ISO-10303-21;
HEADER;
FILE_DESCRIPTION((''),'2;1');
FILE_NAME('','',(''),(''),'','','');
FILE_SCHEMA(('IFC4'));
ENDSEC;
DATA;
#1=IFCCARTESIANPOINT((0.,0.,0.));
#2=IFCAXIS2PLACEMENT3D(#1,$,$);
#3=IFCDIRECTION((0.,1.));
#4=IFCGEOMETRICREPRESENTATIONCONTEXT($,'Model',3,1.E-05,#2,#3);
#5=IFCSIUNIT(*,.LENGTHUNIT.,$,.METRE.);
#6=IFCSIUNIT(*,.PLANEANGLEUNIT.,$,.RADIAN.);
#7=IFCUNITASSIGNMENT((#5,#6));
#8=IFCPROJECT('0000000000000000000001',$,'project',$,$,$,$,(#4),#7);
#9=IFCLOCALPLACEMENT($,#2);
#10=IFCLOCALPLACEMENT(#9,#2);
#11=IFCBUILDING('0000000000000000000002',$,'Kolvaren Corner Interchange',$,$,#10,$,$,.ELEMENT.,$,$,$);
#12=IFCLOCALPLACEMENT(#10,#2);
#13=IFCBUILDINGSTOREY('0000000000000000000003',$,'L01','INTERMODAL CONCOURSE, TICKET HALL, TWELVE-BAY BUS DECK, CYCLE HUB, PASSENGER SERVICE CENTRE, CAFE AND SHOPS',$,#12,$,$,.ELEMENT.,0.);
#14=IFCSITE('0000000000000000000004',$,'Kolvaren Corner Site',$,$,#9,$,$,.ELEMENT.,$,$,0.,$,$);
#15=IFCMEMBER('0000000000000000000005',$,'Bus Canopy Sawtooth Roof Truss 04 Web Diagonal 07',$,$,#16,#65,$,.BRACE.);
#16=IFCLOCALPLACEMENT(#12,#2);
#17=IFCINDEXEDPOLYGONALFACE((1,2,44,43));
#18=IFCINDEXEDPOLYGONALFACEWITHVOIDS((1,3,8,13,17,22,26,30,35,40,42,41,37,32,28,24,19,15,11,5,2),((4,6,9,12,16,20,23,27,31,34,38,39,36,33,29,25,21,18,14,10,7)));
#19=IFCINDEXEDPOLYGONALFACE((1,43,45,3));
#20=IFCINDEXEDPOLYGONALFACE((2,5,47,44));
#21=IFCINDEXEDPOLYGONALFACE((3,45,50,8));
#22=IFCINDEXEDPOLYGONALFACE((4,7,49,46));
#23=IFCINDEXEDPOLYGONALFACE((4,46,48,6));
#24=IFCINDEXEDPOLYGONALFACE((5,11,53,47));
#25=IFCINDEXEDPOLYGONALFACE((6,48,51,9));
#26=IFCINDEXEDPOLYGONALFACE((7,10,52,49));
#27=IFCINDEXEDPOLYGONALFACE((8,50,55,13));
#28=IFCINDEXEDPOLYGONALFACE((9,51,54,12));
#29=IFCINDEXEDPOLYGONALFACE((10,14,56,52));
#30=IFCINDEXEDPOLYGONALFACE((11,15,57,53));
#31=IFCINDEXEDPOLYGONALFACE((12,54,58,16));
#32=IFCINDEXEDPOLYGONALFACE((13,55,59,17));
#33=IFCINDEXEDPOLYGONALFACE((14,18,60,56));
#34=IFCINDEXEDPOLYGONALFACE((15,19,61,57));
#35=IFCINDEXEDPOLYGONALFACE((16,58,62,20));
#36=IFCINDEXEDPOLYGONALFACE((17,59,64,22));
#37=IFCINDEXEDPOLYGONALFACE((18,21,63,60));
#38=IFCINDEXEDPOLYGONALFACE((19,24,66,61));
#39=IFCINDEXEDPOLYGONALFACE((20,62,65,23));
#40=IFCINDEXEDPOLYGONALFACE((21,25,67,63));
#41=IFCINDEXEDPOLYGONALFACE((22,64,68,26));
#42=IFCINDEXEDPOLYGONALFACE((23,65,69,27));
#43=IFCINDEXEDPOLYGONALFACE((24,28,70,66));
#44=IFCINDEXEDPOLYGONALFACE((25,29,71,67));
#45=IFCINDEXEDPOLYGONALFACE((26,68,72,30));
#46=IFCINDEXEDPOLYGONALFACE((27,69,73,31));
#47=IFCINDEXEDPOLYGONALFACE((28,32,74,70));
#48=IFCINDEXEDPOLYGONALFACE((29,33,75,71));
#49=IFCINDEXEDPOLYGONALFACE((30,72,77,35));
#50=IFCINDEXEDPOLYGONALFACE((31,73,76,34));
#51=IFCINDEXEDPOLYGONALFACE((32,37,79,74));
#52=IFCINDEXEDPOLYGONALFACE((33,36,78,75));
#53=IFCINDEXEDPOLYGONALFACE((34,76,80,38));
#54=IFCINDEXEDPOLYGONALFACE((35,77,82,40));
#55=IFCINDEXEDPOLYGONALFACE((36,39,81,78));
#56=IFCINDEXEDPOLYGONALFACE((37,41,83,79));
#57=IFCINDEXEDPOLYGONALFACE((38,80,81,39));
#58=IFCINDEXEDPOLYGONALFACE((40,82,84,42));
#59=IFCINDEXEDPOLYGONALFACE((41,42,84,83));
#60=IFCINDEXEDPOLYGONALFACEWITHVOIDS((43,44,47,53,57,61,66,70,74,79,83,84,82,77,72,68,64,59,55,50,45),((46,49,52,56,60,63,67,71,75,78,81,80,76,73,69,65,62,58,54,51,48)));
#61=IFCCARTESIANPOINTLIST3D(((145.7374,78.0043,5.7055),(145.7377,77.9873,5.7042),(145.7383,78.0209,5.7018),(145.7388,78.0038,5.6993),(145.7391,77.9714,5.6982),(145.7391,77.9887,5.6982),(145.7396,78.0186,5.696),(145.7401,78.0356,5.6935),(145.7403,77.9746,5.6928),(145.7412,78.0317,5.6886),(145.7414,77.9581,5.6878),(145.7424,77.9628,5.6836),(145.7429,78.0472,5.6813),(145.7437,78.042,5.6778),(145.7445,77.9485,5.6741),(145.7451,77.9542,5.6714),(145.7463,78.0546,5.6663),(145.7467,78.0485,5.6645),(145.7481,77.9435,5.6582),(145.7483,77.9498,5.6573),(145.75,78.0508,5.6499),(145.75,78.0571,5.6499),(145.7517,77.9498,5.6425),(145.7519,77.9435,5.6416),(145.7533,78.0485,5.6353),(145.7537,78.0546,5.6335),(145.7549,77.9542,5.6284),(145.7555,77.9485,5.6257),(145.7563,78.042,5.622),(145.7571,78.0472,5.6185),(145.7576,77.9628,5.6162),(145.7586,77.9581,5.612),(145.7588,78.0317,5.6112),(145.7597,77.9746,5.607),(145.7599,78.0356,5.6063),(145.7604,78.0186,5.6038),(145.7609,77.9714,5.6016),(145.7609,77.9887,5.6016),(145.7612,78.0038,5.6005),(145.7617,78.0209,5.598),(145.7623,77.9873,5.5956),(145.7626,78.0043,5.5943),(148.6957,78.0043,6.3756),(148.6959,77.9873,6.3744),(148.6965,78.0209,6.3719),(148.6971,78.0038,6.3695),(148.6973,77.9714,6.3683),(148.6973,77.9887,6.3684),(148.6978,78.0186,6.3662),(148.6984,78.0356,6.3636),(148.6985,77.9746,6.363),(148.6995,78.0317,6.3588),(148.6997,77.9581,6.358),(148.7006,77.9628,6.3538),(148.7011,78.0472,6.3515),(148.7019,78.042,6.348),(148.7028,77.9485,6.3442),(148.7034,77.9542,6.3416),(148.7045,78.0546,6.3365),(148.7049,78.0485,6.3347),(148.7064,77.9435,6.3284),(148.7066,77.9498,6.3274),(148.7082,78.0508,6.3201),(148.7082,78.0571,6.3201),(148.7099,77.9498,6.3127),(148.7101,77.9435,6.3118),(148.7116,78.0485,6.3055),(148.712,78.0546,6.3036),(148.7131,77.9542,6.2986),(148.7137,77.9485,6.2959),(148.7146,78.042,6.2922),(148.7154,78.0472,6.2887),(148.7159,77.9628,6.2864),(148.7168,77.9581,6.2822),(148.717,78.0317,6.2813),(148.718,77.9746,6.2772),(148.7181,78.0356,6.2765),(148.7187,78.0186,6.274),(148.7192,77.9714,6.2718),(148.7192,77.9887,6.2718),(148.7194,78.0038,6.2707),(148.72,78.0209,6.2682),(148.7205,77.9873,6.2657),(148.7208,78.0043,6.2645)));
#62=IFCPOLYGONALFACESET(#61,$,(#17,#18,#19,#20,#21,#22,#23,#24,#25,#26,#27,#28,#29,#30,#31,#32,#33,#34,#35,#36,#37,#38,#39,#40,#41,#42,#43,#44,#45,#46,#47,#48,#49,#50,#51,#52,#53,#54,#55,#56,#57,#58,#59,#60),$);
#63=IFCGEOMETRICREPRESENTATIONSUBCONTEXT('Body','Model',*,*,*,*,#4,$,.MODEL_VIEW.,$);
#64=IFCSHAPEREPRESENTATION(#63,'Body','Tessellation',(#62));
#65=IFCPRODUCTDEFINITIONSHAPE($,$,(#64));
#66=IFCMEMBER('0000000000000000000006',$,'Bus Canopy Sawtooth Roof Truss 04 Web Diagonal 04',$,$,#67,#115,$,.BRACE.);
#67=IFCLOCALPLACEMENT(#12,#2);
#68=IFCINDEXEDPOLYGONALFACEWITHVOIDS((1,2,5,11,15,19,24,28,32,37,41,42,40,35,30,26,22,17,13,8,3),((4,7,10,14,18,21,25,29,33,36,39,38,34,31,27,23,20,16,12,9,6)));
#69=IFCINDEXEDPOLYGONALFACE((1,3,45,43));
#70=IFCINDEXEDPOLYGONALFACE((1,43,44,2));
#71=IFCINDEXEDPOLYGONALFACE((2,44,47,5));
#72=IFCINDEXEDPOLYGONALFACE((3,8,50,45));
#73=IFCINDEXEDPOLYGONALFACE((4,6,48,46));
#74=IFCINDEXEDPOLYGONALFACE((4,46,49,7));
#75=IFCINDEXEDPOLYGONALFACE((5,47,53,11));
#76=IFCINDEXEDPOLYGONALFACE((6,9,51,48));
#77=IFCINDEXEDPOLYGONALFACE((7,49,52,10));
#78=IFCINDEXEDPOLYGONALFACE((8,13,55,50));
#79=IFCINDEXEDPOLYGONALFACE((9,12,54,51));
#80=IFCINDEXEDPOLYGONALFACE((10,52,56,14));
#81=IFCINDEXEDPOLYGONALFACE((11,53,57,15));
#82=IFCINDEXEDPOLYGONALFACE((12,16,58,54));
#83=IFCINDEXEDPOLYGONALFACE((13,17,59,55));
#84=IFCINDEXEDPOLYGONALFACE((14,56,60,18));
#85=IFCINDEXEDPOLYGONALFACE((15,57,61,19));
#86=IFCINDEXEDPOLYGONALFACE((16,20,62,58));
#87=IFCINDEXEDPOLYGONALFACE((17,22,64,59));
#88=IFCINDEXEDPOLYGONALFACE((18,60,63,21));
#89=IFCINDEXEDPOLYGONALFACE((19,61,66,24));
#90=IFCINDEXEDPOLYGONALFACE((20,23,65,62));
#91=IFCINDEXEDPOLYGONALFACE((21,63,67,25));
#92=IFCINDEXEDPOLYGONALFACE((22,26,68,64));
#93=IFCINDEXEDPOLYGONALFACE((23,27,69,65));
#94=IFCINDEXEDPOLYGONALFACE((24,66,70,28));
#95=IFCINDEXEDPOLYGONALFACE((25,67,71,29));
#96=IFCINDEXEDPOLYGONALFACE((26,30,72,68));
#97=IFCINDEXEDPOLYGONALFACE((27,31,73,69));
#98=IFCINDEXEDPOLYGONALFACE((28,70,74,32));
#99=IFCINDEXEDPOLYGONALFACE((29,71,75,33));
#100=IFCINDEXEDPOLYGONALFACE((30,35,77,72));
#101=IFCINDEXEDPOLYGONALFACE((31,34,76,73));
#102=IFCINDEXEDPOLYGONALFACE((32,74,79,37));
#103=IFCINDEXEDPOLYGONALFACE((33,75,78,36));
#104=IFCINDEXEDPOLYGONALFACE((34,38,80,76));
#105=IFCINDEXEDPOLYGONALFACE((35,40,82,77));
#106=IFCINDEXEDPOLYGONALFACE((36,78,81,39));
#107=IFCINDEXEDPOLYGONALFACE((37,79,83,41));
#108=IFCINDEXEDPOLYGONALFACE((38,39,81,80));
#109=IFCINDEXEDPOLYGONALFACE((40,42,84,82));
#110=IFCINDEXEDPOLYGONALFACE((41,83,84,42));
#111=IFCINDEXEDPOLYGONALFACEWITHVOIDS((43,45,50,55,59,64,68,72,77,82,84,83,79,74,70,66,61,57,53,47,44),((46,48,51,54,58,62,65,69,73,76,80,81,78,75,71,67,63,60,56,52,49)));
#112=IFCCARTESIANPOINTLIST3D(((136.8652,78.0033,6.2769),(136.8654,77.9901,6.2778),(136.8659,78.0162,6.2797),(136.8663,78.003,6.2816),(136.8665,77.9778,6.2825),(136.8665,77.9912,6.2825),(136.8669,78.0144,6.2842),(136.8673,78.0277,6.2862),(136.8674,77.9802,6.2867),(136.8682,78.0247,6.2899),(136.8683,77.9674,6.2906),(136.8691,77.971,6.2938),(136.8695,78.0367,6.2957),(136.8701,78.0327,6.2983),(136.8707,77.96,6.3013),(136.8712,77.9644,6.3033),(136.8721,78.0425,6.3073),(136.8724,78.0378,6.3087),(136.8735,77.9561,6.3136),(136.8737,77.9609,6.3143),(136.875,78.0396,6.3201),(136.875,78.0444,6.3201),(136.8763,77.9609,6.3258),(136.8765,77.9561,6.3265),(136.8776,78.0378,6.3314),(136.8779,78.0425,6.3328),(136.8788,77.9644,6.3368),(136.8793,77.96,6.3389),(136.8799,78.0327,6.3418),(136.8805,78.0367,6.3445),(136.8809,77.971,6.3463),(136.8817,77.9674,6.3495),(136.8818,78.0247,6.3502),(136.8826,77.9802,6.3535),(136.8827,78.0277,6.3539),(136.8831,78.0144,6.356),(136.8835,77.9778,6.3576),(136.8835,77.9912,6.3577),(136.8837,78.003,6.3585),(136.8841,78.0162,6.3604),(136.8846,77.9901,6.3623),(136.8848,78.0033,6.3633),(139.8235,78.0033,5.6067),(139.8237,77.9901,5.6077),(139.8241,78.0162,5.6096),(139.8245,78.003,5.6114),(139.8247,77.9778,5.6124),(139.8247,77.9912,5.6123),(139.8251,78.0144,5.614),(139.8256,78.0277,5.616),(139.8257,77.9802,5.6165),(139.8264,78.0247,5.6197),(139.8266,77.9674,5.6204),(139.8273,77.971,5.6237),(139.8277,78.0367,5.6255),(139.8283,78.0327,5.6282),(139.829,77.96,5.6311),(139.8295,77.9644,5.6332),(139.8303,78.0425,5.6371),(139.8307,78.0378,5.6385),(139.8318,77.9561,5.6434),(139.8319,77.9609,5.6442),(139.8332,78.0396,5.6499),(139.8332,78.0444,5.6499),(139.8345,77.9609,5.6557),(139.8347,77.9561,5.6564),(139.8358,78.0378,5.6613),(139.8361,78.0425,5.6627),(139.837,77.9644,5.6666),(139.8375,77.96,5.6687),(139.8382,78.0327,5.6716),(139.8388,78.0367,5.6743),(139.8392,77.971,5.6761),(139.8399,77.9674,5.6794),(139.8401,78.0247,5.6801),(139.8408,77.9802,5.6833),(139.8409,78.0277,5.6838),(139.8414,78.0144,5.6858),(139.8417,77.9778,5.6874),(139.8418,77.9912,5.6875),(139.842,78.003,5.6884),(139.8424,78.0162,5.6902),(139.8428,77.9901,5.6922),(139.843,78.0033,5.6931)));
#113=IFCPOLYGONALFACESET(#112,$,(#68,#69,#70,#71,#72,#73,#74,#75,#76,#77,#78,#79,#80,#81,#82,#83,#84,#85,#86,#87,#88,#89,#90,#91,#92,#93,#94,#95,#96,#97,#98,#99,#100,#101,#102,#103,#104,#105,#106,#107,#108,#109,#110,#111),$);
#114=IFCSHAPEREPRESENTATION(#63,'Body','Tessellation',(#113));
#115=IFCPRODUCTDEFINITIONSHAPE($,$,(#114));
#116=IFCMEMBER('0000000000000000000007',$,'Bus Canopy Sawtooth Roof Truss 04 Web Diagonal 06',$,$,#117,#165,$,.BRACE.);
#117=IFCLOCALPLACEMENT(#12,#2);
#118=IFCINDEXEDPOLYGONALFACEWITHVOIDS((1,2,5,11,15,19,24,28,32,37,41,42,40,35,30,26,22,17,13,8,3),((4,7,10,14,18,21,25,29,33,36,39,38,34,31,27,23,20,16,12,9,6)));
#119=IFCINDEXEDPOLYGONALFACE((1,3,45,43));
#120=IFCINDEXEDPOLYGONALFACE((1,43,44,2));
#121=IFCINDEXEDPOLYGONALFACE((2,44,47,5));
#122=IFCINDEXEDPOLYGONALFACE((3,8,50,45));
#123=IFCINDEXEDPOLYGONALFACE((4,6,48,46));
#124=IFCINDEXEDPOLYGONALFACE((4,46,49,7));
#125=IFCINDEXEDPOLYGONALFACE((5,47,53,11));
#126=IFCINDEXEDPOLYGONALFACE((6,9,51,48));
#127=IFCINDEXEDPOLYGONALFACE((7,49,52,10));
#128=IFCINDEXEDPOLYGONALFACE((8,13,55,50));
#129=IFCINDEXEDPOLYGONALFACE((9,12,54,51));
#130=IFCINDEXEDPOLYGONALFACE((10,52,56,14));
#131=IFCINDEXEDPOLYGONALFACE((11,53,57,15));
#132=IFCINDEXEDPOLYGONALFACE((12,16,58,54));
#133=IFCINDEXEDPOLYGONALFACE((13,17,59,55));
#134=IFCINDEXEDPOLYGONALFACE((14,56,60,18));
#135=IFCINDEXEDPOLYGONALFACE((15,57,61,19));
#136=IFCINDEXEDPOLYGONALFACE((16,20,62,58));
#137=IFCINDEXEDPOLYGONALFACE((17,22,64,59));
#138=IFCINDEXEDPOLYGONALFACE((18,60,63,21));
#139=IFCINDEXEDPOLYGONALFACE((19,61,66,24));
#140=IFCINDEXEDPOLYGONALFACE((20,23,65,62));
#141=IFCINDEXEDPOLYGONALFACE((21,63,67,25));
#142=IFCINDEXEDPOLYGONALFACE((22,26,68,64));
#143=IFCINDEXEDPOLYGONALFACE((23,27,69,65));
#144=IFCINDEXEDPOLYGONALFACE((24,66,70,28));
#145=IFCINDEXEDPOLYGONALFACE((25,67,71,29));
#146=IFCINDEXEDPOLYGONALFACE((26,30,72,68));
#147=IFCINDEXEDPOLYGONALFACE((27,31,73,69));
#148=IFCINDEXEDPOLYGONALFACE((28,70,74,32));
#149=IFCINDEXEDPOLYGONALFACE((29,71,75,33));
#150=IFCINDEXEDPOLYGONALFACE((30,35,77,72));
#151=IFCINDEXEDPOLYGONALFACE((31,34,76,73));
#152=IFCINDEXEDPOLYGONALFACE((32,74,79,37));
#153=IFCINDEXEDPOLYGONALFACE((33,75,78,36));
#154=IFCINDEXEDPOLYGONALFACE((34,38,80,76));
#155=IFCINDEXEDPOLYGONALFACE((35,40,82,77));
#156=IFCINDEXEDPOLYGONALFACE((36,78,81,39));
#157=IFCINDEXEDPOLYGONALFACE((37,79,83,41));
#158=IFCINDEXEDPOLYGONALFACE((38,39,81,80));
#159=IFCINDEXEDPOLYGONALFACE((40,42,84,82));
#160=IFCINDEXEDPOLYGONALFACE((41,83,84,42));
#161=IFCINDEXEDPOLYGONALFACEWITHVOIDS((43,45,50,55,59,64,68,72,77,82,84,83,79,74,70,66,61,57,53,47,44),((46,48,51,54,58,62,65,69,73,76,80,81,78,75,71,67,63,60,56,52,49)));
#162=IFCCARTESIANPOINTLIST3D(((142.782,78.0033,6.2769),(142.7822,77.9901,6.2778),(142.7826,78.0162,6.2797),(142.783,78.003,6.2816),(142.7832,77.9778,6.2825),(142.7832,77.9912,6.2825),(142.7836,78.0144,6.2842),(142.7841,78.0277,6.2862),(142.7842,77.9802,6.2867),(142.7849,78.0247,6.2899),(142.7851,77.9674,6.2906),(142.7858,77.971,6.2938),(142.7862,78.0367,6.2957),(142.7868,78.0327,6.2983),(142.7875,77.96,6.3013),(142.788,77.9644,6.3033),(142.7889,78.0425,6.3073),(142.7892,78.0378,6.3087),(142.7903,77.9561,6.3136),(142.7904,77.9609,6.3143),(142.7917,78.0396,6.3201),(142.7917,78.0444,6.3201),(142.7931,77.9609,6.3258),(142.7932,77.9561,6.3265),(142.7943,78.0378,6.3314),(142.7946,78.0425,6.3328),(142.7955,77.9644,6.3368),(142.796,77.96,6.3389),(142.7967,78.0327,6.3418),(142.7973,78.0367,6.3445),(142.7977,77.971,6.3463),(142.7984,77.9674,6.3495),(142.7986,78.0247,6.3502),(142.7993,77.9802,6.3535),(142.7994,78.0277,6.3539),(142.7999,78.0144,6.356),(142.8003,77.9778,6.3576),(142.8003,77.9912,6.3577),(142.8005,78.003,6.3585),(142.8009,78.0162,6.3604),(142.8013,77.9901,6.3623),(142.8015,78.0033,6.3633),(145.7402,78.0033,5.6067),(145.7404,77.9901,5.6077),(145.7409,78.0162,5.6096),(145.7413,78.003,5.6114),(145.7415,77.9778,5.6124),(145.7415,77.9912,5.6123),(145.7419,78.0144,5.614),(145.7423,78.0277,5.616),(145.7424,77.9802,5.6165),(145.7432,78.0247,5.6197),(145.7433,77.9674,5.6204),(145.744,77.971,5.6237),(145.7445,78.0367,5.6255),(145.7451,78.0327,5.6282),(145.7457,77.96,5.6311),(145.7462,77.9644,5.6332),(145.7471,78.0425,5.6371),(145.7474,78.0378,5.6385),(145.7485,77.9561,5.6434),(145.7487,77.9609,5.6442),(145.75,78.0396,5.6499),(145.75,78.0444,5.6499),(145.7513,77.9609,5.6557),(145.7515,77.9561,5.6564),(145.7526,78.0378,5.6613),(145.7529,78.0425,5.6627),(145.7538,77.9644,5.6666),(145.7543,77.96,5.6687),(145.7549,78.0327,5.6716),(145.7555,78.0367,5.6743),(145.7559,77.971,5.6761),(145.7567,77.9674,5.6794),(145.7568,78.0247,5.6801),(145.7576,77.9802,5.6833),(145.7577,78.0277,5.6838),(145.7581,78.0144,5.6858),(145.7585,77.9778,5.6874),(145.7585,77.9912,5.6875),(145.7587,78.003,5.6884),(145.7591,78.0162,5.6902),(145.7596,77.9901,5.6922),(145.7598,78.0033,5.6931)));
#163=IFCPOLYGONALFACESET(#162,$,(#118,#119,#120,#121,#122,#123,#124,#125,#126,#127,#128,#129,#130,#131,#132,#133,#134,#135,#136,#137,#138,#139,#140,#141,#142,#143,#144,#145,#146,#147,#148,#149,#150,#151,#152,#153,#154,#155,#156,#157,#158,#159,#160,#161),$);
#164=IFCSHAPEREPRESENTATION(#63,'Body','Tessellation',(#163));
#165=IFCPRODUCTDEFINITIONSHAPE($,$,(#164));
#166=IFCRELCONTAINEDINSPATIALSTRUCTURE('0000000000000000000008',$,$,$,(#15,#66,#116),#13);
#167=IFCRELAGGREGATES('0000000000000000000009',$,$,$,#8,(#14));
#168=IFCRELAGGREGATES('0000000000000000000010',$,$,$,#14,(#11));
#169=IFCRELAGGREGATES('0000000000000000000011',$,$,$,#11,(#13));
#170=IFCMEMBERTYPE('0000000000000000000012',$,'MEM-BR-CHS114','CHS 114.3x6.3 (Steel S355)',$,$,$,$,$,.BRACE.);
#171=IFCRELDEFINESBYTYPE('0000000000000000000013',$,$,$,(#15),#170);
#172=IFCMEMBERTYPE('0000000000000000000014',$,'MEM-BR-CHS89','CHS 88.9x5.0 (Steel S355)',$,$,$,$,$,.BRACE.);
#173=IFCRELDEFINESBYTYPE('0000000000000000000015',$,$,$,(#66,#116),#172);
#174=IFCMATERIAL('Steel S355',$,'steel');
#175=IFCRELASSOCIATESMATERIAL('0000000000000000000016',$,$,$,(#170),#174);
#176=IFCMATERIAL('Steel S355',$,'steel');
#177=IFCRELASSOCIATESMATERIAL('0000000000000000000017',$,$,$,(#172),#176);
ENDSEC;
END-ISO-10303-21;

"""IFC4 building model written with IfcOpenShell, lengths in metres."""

from ifc_helpers import new_model, si_unit, direction, frame, origin, origin_2d, place, context, subcontext, project, spatial, hollow_circle, extrude, material, material_profile, profile_set, type_object, element, save


model = new_model("IFC4")

# Units and contexts
model_context = context("Model", 3, precision=1e-05, world=origin(), true_north=direction((0.0, 1.0)))
body_context = subcontext(model_context, "Body", "Model", "MODEL_VIEW")
ifc_project = project(units=[si_unit("LENGTHUNIT", "METRE"), si_unit("PLANEANGLEUNIT", "RADIAN")], contexts=[model_context])

# Site, building, storey
site_placement = place(None, origin())
site = spatial("IfcSite", under=ifc_project, at=site_placement, Name="Kolvaren Corner Site", CompositionType="ELEMENT", RefElevation=0.0)
building_placement = place(site_placement, origin())
building = spatial("IfcBuilding", under=site, at=building_placement, Name="Kolvaren Corner Interchange", CompositionType="ELEMENT")
storey_placement = place(building_placement, origin())
storey = spatial("IfcBuildingStorey", under=building, at=storey_placement, Name="L01", Description="INTERMODAL CONCOURSE, TICKET HALL, TWELVE-BAY BUS DECK, CYCLE HUB, PASSENGER SERVICE CENTRE, CAFE AND SHOPS", CompositionType="ELEMENT", Elevation=0.0)

# Members
ifc_material_1 = material(Name="Steel S355", Category="steel")
ifc_material_profile_1 = material_profile(ifc_material_1, hollow_circle(Radius=0.0571, WallThickness=0.0063, at=origin_2d()), Name="CHS 114.3x6.3")
ifc_profile_set_1 = profile_set([ifc_material_profile_1], Name="Steel S355")
member_type_1 = type_object("IfcMemberType", Name="MEM-BR-CHS114", Description="CHS 114.3x6.3 (Steel S355)", PredefinedType="BRACE", material=ifc_profile_set_1)
member_1_placement = place(storey_placement, frame((145.75, 78.0, 5.6499), z_axis=(0.975287, 0.0, 0.220943), x_axis=(0.0, 1.0, 0.0)))
element("IfcMember", 1, at=member_1_placement, inside=storey, type_object=member_type_1, Name="Bus Canopy Sawtooth Roof Truss 04 Web Diagonal 07", PredefinedType="BRACE", context=body_context, shape_type="SweptSolid", body=[
    extrude(hollow_circle(Radius=0.0571, WallThickness=0.0063, at=origin_2d()), origin(), (0.0, 0.0, 1.0), 3.0332),
])
ifc_material_2 = material(Name="Steel S355", Category="steel")
ifc_material_profile_2 = material_profile(ifc_material_2, hollow_circle(Radius=0.0444, WallThickness=0.0049, at=origin_2d()), Name="CHS 88.9x5.0")
ifc_profile_set_2 = profile_set([ifc_material_profile_2], Name="Steel S355")
member_type_2 = type_object("IfcMemberType", Name="MEM-BR-CHS89", Description="CHS 88.9x5.0 (Steel S355)", PredefinedType="BRACE", material=ifc_profile_set_2)
for number, where, z_axis, x_axis, name in (
    (2, (136.875, 78.0, 6.3201), (0.975287, 0.0, -0.220943), (0.0, 1.0, 0.0), "Bus Canopy Sawtooth Roof Truss 04 Web Diagonal 04"),
    (3, (142.7917, 78.0, 6.3201), (0.975287, 0.0, -0.220943), (0.0, 1.0, 0.0), "Bus Canopy Sawtooth Roof Truss 04 Web Diagonal 06"),
):
    element("IfcMember", number, at=place(storey_placement, frame(where, z_axis=z_axis, x_axis=x_axis)), inside=storey, type_object=member_type_2, Name=name, PredefinedType="BRACE", context=body_context, shape_type="SweptSolid", body=[
        extrude(hollow_circle(Radius=0.0444, WallThickness=0.0049, at=origin_2d()), origin(), (0.0, 0.0, 1.0), 3.0332),
    ])

save(model, "model.ifc")
